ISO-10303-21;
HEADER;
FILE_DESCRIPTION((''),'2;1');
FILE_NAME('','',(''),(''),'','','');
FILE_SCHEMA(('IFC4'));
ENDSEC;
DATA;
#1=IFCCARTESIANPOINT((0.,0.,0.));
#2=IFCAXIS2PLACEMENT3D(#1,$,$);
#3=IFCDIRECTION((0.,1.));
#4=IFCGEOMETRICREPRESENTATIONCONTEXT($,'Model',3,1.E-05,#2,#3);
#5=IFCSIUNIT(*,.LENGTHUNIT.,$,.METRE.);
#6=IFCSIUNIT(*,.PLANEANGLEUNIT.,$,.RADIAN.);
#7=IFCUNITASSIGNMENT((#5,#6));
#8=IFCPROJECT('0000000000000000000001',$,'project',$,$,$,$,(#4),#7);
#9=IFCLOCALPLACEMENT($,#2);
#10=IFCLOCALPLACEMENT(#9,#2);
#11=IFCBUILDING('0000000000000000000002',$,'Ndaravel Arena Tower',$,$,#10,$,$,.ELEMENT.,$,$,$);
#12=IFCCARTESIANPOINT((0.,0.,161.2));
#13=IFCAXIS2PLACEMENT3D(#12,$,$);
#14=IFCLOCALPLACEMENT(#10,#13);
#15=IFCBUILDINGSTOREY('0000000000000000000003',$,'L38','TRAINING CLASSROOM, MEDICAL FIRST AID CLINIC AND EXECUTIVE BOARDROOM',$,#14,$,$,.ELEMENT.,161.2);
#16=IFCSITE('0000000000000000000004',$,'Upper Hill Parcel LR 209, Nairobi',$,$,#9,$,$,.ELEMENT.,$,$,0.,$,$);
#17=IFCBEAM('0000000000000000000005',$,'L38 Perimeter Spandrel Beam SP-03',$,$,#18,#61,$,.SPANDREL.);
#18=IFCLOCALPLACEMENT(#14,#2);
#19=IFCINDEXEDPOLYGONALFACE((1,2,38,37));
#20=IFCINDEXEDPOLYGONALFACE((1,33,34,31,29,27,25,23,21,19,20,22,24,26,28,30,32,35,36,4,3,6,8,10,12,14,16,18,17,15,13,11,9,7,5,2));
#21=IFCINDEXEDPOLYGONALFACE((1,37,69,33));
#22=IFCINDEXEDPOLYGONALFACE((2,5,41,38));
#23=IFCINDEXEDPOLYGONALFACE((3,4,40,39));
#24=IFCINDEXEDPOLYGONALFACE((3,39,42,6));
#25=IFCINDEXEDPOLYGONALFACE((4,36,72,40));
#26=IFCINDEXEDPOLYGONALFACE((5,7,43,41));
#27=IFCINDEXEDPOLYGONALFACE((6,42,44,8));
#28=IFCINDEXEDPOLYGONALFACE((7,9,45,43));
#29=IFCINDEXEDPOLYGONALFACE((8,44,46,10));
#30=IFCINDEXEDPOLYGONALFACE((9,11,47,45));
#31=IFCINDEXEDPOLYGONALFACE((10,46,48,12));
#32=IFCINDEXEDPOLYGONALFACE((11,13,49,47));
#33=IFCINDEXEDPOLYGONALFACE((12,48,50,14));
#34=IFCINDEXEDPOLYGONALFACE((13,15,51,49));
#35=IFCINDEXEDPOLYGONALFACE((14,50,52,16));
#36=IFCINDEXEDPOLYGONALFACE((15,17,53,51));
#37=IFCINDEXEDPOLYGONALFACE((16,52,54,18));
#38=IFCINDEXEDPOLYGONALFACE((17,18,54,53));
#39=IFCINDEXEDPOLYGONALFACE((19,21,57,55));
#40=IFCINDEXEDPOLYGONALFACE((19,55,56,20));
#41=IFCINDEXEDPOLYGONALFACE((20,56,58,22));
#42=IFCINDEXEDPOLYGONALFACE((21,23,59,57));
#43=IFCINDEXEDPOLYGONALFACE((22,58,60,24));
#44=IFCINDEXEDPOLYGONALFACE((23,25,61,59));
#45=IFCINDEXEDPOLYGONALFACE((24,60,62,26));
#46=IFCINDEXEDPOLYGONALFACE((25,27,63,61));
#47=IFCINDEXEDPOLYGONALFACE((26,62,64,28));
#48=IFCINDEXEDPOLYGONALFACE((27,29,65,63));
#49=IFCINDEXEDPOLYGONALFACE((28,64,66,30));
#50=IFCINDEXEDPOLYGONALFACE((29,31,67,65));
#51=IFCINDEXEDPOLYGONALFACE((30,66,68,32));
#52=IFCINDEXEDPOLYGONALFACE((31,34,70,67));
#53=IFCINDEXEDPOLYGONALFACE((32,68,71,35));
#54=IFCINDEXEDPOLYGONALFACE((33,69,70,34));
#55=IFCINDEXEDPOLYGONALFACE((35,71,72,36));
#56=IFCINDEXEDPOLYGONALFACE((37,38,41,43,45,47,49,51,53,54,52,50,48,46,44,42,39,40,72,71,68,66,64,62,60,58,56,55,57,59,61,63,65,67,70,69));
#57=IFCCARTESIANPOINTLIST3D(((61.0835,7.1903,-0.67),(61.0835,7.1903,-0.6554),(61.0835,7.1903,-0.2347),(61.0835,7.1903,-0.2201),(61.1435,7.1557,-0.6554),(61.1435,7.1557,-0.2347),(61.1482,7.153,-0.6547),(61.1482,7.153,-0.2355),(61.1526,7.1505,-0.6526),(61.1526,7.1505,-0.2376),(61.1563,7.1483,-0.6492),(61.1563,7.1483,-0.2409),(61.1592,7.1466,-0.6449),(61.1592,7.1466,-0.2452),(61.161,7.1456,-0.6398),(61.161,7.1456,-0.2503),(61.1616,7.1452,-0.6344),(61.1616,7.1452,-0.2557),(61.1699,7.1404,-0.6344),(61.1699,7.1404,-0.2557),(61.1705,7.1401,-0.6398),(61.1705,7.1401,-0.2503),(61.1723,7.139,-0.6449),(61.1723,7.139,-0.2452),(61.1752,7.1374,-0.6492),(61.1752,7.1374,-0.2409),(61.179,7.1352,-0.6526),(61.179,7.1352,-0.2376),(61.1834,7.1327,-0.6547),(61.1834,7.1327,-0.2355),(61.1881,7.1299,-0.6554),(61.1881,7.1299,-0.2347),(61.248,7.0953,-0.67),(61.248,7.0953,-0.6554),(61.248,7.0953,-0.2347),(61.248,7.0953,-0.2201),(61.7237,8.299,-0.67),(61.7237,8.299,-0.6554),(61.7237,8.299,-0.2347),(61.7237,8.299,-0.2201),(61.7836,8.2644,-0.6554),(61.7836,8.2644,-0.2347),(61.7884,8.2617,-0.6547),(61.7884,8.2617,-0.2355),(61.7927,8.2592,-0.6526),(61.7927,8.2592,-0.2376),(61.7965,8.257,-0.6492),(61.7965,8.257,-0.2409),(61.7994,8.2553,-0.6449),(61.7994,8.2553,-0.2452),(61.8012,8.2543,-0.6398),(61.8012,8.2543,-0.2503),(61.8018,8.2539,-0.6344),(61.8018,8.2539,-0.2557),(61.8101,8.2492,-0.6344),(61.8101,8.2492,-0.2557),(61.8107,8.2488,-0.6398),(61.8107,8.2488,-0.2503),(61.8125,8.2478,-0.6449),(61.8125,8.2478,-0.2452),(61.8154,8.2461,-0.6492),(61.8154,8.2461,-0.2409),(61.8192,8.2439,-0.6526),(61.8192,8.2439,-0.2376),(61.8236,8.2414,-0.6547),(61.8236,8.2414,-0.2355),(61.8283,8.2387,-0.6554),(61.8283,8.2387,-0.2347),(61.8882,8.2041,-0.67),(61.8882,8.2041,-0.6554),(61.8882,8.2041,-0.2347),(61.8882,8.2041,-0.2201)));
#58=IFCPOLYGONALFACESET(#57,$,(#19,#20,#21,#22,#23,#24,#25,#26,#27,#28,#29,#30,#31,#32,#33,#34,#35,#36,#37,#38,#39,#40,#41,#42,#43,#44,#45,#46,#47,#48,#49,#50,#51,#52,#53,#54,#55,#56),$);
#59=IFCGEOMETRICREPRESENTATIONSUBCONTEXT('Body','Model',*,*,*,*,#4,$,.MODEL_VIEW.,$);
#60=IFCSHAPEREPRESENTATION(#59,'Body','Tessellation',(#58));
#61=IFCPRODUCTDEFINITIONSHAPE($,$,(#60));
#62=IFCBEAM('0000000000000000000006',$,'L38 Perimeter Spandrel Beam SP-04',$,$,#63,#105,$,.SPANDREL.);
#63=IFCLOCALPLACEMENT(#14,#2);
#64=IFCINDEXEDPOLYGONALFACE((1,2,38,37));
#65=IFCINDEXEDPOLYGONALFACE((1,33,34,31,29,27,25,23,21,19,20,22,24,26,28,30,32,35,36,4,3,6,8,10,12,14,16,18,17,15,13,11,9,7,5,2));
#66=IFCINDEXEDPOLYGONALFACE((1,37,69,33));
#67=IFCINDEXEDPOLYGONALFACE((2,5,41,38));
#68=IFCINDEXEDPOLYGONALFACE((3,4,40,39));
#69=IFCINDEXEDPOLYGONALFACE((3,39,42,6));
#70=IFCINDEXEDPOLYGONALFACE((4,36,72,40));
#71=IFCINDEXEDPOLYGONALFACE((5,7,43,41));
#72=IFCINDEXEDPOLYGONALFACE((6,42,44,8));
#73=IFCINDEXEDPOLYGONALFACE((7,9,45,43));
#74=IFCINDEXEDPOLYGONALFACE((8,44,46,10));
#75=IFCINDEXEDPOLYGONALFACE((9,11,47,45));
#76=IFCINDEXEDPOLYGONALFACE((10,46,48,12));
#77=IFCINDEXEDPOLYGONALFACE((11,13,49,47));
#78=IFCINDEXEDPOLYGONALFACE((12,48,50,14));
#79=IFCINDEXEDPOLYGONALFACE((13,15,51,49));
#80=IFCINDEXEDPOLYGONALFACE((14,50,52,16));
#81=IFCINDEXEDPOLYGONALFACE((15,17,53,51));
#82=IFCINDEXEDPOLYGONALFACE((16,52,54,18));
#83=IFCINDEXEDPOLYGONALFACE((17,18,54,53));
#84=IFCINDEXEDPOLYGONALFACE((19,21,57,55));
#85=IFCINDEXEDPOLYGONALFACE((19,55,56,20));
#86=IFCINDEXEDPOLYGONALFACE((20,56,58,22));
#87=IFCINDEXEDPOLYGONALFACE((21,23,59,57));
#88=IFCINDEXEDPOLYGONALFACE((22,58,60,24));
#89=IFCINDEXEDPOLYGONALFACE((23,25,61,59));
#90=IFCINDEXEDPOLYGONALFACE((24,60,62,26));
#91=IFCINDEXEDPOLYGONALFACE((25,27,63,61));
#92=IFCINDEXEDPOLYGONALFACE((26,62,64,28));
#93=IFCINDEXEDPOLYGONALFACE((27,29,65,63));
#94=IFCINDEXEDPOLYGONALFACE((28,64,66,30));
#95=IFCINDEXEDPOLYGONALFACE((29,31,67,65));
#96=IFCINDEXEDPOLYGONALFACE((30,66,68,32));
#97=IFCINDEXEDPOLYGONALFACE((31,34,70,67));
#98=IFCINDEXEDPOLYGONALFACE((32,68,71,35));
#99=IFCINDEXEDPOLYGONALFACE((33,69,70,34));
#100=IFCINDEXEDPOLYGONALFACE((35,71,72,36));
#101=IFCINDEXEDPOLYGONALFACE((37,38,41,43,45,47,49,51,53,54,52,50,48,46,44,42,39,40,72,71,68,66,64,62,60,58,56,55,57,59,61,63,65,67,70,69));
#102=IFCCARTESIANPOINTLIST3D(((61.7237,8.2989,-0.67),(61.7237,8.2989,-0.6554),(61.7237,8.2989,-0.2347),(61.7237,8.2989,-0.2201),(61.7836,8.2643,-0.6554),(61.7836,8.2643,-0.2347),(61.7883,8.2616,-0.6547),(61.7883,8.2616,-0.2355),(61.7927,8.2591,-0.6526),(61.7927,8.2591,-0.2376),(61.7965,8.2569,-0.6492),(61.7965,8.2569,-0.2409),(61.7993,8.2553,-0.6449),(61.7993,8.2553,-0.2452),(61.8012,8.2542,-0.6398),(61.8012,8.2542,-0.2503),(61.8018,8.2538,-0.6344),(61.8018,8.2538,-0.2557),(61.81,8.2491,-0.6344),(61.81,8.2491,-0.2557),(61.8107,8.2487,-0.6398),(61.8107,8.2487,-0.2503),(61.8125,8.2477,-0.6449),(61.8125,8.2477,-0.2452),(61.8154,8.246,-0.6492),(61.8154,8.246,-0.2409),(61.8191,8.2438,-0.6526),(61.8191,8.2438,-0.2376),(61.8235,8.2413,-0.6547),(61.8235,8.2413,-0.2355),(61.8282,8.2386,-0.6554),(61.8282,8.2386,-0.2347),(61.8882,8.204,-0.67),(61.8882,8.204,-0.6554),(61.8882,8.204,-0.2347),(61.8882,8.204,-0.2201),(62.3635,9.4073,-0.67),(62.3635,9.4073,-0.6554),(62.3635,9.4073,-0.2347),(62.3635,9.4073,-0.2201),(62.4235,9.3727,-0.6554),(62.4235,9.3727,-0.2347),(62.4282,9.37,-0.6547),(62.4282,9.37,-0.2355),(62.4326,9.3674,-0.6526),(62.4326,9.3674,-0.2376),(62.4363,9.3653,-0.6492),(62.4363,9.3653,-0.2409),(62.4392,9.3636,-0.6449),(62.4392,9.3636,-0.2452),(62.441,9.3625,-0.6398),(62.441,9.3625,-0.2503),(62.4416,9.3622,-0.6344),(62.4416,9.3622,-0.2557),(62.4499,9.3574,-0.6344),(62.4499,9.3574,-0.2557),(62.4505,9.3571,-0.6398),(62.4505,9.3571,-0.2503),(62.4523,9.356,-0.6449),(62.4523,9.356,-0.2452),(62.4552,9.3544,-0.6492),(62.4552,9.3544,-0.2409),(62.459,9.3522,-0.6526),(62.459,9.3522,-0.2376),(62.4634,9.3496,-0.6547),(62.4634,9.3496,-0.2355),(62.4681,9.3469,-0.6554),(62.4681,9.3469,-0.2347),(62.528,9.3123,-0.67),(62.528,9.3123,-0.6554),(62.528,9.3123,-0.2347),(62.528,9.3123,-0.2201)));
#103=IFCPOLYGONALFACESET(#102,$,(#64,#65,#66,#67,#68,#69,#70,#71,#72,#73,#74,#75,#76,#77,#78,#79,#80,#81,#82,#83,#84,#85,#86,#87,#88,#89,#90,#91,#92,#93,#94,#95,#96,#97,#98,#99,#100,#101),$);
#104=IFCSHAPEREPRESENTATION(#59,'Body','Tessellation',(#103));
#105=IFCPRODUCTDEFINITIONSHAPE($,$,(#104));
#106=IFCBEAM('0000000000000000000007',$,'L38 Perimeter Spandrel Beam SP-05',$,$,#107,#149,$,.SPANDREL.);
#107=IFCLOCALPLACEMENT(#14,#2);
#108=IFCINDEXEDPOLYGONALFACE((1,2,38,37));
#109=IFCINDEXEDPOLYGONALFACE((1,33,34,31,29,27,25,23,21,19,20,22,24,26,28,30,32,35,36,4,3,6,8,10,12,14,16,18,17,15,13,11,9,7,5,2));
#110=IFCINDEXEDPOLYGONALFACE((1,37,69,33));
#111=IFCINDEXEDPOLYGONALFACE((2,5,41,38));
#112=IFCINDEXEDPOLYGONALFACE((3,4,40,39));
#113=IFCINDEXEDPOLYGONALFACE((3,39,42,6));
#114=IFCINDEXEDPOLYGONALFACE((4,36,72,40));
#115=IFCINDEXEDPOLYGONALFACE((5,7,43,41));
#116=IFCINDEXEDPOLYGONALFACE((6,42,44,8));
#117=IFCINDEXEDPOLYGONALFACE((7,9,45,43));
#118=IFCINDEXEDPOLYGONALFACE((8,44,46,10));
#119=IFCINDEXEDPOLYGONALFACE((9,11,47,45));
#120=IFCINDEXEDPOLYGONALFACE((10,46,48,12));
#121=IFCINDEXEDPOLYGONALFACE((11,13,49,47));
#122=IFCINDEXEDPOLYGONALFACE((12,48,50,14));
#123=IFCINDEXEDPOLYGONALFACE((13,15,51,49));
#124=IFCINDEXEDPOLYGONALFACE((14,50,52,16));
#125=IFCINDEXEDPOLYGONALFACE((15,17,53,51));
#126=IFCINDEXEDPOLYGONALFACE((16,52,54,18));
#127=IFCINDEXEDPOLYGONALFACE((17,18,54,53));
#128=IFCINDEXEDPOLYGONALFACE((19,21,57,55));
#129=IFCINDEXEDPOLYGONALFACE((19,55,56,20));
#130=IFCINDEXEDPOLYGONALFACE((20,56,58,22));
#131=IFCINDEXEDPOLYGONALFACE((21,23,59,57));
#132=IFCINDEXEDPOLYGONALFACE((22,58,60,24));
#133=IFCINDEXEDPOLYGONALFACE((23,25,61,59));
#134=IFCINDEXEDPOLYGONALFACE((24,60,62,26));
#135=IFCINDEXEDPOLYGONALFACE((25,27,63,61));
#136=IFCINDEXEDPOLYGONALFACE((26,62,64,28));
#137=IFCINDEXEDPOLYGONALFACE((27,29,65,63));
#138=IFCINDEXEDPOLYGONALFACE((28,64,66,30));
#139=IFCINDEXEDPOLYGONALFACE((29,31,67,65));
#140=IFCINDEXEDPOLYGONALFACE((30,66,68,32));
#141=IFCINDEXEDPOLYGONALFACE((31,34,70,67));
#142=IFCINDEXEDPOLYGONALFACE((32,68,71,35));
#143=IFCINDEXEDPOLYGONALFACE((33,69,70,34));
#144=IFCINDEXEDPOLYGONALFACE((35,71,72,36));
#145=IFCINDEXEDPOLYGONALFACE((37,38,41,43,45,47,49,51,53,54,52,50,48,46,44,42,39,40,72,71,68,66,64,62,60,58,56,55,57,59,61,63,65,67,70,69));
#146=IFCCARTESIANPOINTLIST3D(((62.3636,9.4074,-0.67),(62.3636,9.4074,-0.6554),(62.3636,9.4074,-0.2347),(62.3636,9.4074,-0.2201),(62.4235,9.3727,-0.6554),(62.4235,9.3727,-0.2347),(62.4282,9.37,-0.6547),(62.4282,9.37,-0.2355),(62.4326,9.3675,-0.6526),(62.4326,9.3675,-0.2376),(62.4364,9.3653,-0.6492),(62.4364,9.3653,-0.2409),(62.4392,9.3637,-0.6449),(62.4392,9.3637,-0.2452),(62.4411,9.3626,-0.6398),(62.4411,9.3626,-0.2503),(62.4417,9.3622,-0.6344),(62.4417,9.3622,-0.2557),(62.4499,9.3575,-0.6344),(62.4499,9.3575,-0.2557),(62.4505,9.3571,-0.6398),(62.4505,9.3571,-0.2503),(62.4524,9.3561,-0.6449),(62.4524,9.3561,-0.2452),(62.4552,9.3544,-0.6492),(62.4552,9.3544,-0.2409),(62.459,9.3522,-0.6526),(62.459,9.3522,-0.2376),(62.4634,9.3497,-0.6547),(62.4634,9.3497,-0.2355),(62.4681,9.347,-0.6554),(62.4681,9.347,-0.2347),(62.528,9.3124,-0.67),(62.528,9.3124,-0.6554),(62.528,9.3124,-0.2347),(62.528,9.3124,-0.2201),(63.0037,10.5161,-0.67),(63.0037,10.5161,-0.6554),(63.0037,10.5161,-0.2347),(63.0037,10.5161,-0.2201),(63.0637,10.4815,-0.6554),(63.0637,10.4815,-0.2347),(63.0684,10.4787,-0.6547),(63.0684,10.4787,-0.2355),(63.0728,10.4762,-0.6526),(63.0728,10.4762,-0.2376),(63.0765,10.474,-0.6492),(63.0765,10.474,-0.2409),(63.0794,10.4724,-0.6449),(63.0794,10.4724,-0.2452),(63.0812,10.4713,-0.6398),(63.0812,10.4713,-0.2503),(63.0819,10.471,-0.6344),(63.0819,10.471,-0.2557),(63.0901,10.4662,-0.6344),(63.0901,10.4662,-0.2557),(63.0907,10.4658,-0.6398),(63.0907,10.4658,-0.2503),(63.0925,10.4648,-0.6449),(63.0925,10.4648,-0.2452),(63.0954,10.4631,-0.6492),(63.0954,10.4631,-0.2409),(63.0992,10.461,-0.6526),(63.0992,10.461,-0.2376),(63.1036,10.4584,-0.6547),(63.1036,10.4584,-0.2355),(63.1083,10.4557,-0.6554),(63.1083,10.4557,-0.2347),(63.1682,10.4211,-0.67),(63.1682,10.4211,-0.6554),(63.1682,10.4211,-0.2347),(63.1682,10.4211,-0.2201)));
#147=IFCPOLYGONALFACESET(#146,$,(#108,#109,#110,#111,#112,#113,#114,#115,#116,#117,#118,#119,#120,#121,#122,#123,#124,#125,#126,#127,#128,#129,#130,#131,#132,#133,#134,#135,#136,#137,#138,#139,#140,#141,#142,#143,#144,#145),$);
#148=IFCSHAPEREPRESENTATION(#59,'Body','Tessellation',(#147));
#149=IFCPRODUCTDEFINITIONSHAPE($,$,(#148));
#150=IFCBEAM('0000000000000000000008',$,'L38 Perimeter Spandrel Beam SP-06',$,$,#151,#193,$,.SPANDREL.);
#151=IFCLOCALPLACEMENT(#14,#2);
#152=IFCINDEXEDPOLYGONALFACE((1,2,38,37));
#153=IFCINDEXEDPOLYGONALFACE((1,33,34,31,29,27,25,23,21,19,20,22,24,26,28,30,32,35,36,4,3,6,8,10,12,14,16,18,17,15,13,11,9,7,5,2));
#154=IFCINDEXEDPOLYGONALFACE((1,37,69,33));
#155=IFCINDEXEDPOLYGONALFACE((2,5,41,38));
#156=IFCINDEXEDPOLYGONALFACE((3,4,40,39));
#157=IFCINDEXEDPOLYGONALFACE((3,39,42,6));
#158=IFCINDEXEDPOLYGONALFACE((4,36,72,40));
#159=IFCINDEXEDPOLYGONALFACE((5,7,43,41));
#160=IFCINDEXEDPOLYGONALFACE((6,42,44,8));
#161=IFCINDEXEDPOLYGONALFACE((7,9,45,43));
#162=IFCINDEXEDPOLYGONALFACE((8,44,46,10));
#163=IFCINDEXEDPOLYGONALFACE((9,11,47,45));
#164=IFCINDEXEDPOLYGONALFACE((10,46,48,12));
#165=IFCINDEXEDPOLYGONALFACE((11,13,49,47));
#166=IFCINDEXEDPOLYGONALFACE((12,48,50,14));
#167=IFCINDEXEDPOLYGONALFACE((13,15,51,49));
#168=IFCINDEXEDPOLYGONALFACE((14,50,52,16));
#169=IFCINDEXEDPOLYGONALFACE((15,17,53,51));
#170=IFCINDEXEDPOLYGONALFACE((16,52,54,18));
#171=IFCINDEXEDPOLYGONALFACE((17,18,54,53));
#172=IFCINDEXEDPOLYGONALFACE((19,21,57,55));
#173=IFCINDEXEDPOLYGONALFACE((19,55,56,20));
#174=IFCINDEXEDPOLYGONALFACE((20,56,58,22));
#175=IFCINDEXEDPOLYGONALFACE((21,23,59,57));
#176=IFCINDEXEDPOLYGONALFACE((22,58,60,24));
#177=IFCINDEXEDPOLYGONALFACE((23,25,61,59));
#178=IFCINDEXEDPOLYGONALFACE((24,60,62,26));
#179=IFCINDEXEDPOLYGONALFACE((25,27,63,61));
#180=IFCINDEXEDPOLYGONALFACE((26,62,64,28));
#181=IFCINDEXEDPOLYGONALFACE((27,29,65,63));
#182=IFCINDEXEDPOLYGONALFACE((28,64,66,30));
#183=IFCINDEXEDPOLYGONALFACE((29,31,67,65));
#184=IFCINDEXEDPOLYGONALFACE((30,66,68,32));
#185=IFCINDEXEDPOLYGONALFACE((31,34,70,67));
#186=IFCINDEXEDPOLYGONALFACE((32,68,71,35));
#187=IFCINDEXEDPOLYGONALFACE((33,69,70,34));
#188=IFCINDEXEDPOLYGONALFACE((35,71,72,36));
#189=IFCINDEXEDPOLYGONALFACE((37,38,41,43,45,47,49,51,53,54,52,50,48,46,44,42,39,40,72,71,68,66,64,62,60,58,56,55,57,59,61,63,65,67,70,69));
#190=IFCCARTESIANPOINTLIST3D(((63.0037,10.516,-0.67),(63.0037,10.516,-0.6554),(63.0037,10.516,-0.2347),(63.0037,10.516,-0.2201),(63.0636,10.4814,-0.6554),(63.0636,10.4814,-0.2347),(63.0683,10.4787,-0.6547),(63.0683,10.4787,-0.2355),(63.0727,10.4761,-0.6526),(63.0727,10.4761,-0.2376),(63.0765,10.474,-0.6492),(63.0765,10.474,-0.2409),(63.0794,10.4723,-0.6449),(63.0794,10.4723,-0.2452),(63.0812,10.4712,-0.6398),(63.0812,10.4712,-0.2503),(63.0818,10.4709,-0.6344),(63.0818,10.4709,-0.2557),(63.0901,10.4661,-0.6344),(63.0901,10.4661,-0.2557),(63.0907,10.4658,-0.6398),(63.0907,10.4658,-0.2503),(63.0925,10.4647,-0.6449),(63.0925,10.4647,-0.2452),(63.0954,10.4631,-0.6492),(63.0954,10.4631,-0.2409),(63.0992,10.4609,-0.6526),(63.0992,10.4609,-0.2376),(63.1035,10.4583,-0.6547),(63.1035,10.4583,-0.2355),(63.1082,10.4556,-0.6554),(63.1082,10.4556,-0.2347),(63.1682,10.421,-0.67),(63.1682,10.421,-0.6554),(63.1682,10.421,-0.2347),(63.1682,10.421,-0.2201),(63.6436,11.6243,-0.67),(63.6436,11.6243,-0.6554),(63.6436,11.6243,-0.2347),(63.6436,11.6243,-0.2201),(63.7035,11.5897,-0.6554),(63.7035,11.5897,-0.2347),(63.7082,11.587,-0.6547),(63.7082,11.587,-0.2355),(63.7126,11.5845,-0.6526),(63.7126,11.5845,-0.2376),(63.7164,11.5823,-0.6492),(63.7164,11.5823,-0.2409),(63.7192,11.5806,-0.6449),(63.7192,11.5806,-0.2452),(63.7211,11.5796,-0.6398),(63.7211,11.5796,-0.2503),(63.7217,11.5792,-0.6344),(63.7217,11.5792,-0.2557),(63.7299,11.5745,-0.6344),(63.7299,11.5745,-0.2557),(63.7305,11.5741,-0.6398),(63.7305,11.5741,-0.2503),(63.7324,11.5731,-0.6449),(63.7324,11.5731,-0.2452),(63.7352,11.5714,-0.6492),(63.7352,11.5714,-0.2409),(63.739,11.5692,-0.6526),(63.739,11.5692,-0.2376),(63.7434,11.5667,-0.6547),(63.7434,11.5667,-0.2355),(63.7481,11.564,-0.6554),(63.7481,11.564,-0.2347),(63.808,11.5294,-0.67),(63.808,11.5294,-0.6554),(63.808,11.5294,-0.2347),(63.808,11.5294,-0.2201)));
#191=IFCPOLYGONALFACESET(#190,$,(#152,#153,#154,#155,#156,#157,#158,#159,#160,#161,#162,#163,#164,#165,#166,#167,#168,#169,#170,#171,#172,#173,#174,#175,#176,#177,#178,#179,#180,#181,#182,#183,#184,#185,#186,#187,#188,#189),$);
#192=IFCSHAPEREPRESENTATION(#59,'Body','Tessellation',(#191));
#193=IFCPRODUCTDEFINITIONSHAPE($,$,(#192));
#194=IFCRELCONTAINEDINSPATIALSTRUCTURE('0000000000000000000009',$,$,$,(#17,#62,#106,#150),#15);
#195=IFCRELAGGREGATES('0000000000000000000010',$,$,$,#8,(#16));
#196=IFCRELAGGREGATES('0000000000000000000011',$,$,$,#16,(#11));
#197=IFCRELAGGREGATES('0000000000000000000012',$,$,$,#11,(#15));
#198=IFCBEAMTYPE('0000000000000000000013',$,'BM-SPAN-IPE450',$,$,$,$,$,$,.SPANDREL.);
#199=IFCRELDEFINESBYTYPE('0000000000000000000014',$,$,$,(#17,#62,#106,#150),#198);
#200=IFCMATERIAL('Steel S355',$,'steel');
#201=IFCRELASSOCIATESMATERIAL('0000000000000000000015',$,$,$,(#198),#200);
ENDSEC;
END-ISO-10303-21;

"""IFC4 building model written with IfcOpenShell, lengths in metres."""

from ifc_helpers import new_model, si_unit, direction, frame, origin, origin_2d, place, context, subcontext, project, spatial, i_section, extrude, material, material_profile, profile_set, type_object, element, save


model = new_model("IFC4")

# Units and contexts
model_context = context("Model", 3, precision=1e-05, world=origin(), true_north=direction((0.0, 1.0)))
body_context = subcontext(model_context, "Body", "Model", "MODEL_VIEW")
ifc_project = project(units=[si_unit("LENGTHUNIT", "METRE"), si_unit("PLANEANGLEUNIT", "RADIAN")], contexts=[model_context])

# Site, building, storey
site_placement = place(None, origin())
site = spatial("IfcSite", under=ifc_project, at=site_placement, Name="Upper Hill Parcel LR 209, Nairobi", CompositionType="ELEMENT", RefElevation=0.0)
building_placement = place(site_placement, origin())
building = spatial("IfcBuilding", under=site, at=building_placement, Name="Ndaravel Arena Tower", CompositionType="ELEMENT")
storey_placement = place(building_placement, frame((0.0, 0.0, 161.2)))
storey = spatial("IfcBuildingStorey", under=building, at=storey_placement, Name="L38", Description="TRAINING CLASSROOM, MEDICAL FIRST AID CLINIC AND EXECUTIVE BOARDROOM", CompositionType="ELEMENT", Elevation=161.2)

# Beams
ifc_material_1 = material(Name="Steel S355", Category="steel")
ifc_material_profile_1 = material_profile(ifc_material_1, i_section(OverallWidth=0.1899, OverallDepth=0.45, WebThickness=0.0095, FlangeThickness=0.0146, FilletRadius=0.021, at=origin_2d()), Name="IPE 450")
ifc_profile_set_1 = profile_set([ifc_material_profile_1], Name="Steel S355")
beam_type = type_object("IfcBeamType", Name="BM-SPAN-IPE450", PredefinedType="SPANDREL", material=ifc_profile_set_1)
beam_1_placement = place(storey_placement, frame((61.1658, 7.1428, -0.4451), z_axis=(0.500036, 0.866005, 0.0), x_axis=(-0.866005, 0.500036, 0.0)))
element("IfcBeam", 1, at=beam_1_placement, inside=storey, type_object=beam_type, Name="L38 Perimeter Spandrel Beam SP-03", PredefinedType="SPANDREL", context=body_context, shape_type="SweptSolid", body=[
    extrude(i_section(OverallWidth=0.1899, OverallDepth=0.45, WebThickness=0.0095, FlangeThickness=0.0146, FilletRadius=0.021, at=origin_2d()), origin(), (0.0, 0.0, 1.0), 1.2803),
])
beam_2_placement = place(storey_placement, frame((61.8059, 8.2515, -0.4451), z_axis=(0.499976, 0.866039, 0.0), x_axis=(-0.866039, 0.499976, 0.0)))
element("IfcBeam", 2, at=beam_2_placement, inside=storey, type_object=beam_type, Name="L38 Perimeter Spandrel Beam SP-04", PredefinedType="SPANDREL", context=body_context, shape_type="SweptSolid", body=[
    extrude(i_section(OverallWidth=0.1899, OverallDepth=0.45, WebThickness=0.0095, FlangeThickness=0.0146, FilletRadius=0.021, at=origin_2d()), origin(), (0.0, 0.0, 1.0), 1.2798),
])
beam_3_placement = place(storey_placement, frame((62.4458, 9.3599, -0.4451), z_axis=(0.500036, 0.866005, 0.0), x_axis=(-0.866005, 0.500036, 0.0)))
element("IfcBeam", 3, at=beam_3_placement, inside=storey, type_object=beam_type, Name="L38 Perimeter Spandrel Beam SP-05", PredefinedType="SPANDREL", context=body_context, shape_type="SweptSolid", body=[
    extrude(i_section(OverallWidth=0.1899, OverallDepth=0.45, WebThickness=0.0095, FlangeThickness=0.0146, FilletRadius=0.021, at=origin_2d()), origin(), (0.0, 0.0, 1.0), 1.2803),
])
beam_4_placement = place(storey_placement, frame((63.0859, 10.4685, -0.4451), z_axis=(0.499976, 0.866039, 0.0), x_axis=(-0.866039, 0.499976, 0.0)))
element("IfcBeam", 4, at=beam_4_placement, inside=storey, type_object=beam_type, Name="L38 Perimeter Spandrel Beam SP-06", PredefinedType="SPANDREL", context=body_context, shape_type="SweptSolid", body=[
    extrude(i_section(OverallWidth=0.1899, OverallDepth=0.45, WebThickness=0.0095, FlangeThickness=0.0146, FilletRadius=0.021, at=origin_2d()), origin(), (0.0, 0.0, 1.0), 1.2798),
])

save(model, "model.ifc")
